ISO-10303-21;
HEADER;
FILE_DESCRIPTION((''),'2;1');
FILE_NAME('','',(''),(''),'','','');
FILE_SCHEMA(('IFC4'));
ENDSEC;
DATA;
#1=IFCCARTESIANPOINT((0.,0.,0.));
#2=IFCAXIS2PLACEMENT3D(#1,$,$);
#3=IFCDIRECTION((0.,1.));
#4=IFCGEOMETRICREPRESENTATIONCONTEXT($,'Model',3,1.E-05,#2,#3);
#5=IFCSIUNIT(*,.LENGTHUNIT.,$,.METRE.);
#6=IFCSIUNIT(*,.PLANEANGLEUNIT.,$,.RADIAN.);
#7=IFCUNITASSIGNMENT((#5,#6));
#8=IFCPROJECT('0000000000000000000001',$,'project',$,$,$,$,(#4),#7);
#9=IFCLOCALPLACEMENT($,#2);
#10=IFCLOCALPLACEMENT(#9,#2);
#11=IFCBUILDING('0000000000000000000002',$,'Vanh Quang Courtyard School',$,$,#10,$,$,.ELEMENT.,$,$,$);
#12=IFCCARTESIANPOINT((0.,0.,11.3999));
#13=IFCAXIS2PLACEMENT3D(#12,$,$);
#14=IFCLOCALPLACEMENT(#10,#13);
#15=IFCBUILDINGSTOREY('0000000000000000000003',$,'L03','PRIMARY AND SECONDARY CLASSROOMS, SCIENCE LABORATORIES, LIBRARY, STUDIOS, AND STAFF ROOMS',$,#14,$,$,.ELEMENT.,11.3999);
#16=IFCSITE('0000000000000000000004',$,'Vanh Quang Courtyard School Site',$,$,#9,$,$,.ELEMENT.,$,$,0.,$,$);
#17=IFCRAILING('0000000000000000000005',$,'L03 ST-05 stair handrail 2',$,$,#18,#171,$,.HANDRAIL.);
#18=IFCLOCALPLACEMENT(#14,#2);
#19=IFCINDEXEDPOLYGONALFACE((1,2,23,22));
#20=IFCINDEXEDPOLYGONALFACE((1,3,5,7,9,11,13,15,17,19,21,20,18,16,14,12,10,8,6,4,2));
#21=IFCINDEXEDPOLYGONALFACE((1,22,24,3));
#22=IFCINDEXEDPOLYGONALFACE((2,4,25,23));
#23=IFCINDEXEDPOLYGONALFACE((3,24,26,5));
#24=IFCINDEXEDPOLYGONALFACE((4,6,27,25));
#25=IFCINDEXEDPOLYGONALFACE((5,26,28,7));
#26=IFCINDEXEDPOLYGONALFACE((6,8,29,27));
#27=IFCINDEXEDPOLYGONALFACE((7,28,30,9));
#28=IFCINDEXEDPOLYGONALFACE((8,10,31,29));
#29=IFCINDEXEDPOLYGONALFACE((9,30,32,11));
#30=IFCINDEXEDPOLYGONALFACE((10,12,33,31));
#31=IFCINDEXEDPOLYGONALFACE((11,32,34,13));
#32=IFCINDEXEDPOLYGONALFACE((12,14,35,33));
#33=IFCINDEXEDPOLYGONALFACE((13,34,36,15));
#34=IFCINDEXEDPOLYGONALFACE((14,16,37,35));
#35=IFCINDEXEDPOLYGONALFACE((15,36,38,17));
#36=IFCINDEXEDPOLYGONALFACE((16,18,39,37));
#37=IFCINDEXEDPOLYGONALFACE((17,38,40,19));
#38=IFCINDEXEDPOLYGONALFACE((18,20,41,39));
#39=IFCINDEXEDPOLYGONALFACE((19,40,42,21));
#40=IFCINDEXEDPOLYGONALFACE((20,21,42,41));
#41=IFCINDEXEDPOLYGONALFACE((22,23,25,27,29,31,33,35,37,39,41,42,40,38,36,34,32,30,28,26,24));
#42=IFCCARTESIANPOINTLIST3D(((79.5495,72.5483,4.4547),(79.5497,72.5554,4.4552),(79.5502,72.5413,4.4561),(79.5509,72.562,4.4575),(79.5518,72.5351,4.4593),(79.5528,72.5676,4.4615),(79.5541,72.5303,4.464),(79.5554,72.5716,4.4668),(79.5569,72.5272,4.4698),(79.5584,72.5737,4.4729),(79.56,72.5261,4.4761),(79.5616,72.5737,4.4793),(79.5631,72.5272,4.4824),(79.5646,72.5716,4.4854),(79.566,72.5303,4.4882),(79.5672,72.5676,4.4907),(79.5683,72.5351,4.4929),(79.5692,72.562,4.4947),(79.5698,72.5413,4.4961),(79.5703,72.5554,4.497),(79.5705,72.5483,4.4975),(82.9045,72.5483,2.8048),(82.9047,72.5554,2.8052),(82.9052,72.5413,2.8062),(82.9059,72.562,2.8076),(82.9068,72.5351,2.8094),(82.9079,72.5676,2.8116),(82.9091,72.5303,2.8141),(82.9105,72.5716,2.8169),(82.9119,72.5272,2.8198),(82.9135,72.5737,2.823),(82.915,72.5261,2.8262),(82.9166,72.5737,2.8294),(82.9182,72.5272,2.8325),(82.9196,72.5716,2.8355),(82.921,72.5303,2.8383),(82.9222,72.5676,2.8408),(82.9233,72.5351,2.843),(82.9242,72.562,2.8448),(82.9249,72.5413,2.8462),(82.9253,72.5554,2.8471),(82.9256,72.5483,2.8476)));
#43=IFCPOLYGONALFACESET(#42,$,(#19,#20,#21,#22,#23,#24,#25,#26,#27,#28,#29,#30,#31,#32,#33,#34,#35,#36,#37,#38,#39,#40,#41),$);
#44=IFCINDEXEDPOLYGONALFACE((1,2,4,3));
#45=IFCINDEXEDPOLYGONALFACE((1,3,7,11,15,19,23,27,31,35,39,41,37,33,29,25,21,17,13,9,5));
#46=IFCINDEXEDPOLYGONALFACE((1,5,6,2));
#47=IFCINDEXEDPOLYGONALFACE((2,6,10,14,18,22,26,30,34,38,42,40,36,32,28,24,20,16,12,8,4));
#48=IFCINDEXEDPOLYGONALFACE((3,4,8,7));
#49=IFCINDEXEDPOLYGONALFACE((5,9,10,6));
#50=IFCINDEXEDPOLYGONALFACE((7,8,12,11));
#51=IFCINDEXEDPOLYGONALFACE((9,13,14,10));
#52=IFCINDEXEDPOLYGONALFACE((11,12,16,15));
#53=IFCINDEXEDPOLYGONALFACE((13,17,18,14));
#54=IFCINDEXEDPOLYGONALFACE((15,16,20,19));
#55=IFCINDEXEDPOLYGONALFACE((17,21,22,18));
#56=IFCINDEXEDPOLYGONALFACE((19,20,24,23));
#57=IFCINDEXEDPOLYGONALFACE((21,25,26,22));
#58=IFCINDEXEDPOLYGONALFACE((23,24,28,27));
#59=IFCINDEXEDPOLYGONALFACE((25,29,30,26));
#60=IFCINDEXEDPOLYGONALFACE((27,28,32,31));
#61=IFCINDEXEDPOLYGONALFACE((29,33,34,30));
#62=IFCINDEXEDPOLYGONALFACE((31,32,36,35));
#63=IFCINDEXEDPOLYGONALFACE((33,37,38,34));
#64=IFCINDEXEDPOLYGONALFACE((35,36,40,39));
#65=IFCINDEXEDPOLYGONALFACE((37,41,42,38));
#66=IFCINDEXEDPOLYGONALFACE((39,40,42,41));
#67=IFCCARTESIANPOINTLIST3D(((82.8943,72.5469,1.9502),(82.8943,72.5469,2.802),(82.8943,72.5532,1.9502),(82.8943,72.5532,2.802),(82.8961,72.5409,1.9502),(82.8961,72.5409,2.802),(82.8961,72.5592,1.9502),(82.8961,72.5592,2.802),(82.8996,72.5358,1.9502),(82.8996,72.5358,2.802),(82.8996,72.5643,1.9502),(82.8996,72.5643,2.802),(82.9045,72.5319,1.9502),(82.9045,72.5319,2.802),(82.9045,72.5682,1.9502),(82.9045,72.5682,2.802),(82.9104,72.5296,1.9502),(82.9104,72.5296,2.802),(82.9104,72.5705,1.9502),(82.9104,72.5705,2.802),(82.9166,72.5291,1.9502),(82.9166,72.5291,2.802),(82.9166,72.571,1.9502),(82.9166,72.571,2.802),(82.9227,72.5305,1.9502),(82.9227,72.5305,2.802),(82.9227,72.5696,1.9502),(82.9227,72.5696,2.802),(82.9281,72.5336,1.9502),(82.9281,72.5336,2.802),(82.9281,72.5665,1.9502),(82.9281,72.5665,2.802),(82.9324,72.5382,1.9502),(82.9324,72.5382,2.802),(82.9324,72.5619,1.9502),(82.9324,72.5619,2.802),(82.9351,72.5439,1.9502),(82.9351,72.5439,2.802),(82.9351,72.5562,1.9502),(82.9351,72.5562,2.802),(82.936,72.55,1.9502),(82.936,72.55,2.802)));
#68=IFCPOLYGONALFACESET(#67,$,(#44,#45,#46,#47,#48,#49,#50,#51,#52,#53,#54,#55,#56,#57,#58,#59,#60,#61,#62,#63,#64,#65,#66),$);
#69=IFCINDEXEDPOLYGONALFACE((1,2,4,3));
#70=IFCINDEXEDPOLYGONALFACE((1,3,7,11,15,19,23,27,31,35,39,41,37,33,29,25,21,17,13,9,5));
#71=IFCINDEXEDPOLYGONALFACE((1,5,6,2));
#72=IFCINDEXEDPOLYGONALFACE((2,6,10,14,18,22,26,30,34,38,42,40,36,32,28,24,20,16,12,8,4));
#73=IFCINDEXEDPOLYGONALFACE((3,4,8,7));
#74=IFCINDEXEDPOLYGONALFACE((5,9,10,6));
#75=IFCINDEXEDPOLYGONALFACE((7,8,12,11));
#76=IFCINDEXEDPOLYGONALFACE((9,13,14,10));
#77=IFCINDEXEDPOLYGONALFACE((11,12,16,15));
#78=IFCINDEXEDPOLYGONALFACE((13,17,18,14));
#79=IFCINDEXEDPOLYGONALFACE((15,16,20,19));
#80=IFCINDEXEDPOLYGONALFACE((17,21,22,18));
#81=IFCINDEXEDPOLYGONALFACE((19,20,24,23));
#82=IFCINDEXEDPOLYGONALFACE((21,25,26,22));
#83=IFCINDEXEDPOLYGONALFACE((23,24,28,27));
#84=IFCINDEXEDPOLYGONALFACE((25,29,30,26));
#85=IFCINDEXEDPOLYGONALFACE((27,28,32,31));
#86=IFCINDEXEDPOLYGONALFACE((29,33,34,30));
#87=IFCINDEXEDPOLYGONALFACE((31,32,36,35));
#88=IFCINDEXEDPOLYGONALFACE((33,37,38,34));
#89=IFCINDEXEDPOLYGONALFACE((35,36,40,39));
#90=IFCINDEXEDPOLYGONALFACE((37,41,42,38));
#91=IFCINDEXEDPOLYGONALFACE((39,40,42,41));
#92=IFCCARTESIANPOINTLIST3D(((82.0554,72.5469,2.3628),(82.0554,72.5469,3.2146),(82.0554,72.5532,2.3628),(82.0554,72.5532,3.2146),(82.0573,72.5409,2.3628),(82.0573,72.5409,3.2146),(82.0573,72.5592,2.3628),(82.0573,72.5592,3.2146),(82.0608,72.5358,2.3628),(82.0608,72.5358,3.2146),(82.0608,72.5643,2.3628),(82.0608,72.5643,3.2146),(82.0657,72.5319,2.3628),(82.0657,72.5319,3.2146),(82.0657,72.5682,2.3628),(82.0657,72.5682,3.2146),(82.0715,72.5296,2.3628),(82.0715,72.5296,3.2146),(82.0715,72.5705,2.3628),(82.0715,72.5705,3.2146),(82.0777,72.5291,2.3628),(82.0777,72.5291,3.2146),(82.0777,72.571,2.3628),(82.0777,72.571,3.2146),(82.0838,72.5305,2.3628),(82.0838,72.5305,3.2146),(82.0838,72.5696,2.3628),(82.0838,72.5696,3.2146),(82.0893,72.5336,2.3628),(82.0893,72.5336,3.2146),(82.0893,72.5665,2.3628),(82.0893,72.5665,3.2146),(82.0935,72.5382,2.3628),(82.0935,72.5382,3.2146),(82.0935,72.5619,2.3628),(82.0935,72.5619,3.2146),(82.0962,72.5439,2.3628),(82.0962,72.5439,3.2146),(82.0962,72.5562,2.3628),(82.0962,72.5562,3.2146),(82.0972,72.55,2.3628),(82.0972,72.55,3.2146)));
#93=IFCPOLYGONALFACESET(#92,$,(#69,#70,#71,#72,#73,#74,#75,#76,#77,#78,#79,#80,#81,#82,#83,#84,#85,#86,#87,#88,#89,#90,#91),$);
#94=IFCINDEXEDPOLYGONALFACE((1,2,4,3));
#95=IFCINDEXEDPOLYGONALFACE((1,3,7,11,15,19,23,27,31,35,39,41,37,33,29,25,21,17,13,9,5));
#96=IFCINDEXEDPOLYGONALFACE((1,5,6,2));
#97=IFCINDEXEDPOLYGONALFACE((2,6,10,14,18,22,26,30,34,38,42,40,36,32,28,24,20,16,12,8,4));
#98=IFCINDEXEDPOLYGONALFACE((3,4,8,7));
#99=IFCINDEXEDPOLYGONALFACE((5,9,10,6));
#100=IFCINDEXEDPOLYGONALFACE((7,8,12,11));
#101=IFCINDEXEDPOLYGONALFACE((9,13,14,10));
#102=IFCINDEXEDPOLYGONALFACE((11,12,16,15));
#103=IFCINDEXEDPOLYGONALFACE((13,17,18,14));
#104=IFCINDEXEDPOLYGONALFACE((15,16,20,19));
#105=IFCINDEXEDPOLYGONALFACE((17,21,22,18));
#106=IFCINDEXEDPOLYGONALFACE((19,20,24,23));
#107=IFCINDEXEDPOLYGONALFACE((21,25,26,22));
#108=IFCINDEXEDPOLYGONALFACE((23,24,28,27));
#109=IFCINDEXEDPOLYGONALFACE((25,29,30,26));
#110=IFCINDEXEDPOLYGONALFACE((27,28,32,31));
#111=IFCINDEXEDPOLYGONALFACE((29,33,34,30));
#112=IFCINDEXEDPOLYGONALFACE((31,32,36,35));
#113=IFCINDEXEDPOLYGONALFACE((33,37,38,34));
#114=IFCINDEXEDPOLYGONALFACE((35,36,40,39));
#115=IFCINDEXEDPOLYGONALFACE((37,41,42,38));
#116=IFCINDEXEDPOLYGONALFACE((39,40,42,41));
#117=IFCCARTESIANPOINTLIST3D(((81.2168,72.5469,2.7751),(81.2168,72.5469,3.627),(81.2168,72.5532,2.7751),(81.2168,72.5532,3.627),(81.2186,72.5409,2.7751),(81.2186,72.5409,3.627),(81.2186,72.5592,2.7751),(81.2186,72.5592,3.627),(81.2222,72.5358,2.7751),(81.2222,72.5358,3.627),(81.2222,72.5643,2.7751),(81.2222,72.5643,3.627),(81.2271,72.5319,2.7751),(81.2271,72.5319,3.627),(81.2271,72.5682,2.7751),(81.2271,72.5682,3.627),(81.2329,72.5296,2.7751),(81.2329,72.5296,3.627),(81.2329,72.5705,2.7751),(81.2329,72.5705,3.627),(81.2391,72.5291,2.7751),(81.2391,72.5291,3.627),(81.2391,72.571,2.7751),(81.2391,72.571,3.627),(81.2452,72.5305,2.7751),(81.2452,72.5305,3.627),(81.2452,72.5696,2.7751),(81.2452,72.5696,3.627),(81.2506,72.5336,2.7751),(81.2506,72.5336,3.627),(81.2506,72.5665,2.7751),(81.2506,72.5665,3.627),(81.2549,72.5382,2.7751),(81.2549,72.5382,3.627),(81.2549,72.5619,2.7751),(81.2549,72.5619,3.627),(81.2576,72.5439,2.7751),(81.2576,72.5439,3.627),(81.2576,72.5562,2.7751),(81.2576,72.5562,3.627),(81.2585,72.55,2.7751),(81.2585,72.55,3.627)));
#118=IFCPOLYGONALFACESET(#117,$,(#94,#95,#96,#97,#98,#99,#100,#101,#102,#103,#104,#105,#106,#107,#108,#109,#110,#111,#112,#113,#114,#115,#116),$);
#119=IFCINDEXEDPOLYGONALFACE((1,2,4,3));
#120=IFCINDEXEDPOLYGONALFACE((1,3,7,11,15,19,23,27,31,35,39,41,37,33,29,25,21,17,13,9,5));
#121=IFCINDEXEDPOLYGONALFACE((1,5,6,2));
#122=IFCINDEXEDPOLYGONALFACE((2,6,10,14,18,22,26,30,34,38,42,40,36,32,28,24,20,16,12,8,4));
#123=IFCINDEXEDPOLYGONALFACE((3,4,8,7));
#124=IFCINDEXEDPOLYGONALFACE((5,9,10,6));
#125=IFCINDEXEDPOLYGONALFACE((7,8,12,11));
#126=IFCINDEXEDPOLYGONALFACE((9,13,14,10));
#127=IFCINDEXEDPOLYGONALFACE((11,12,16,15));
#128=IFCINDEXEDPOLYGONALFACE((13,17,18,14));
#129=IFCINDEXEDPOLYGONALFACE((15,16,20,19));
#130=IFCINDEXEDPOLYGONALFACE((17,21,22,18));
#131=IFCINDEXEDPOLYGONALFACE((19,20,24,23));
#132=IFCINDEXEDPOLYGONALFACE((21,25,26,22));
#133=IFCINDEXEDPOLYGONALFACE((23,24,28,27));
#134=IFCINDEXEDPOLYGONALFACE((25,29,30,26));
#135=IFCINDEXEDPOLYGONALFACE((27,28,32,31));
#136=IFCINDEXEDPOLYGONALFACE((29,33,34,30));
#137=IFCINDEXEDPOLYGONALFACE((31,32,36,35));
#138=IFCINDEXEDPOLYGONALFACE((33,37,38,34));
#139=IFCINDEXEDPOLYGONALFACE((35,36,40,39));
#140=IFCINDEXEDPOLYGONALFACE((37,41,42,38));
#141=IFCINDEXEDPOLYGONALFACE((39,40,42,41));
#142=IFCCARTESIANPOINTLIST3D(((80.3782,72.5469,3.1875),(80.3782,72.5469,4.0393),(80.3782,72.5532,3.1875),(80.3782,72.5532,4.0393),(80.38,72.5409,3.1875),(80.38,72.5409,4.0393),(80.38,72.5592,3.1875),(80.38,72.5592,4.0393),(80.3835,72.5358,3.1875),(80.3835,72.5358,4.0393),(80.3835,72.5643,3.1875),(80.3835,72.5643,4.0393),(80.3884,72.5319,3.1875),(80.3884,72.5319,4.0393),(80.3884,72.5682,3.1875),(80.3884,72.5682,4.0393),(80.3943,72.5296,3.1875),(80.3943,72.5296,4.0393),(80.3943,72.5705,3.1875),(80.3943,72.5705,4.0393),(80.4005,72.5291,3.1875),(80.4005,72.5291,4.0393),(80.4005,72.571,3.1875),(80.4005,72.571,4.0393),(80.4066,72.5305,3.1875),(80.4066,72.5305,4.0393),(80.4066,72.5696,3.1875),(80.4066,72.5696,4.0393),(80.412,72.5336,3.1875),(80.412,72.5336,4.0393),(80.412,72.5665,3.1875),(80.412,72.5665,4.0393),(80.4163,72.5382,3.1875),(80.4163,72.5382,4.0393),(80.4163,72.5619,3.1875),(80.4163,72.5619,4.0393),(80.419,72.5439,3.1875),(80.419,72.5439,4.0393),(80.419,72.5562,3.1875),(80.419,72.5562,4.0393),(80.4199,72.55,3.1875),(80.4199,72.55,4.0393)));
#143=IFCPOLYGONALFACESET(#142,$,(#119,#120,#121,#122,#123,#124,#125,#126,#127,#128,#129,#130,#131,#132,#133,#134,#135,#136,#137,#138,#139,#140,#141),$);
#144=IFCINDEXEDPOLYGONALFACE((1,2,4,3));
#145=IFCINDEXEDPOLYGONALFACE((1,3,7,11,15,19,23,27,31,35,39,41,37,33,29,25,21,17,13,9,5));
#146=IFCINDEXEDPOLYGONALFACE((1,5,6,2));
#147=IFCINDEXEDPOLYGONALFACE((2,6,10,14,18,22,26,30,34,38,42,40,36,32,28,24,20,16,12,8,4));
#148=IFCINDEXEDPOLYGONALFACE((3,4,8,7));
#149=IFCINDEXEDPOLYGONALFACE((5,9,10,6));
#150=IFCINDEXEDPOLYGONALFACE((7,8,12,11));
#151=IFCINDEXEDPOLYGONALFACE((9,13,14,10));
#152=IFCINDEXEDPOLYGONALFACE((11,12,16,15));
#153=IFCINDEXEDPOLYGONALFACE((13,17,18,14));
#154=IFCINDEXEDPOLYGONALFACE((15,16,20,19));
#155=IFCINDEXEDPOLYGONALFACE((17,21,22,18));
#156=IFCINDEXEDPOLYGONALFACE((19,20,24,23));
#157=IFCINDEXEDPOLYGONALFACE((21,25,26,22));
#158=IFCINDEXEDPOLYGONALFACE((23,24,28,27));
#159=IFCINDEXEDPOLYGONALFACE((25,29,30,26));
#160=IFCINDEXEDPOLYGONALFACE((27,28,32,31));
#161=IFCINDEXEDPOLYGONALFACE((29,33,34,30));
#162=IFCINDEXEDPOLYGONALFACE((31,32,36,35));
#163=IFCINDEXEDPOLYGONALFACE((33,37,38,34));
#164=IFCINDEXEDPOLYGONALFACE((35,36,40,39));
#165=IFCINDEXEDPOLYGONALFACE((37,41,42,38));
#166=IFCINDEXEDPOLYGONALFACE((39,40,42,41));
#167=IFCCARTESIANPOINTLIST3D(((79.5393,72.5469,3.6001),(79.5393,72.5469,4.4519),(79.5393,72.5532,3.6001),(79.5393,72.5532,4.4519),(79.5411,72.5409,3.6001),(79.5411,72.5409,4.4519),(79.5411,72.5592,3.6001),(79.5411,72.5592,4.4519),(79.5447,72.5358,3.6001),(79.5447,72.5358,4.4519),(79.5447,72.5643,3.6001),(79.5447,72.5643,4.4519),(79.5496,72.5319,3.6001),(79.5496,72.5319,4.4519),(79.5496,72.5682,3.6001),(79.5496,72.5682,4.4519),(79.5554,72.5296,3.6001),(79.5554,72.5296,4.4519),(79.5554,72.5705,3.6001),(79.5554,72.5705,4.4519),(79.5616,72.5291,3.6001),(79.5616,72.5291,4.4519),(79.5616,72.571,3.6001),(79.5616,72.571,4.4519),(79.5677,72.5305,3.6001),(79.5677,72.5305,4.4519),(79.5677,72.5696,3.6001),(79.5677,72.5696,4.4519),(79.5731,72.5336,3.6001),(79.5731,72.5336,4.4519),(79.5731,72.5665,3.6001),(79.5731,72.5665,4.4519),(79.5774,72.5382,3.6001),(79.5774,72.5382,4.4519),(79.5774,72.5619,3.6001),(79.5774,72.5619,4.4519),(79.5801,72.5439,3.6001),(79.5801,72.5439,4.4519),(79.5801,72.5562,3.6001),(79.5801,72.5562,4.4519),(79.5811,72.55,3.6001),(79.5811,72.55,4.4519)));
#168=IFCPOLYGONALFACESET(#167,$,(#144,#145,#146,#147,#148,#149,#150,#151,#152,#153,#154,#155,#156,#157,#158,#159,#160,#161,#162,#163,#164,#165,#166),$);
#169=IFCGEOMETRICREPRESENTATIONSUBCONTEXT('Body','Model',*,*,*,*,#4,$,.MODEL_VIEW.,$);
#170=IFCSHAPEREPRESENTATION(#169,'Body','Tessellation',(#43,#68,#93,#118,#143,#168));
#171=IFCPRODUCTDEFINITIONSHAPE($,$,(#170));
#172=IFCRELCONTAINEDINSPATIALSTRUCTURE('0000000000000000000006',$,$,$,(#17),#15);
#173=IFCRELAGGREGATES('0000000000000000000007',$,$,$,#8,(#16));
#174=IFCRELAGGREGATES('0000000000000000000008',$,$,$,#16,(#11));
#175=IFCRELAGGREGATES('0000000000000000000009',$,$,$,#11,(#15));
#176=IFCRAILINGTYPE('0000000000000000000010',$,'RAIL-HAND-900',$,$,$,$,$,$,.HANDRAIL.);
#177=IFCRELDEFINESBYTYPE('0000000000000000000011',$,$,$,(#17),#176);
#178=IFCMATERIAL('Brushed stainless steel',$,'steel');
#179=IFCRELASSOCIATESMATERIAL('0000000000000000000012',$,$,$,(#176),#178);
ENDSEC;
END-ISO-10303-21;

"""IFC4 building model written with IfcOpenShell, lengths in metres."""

from ifc_helpers import new_model, si_unit, direction, frame, origin, origin_2d, place, context, subcontext, project, spatial, circle, extrude, material, type_object, element, save


model = new_model("IFC4")

# Units and contexts
model_context = context("Model", 3, precision=1e-05, world=origin(), true_north=direction((0.0, 1.0)))
body_context = subcontext(model_context, "Body", "Model", "MODEL_VIEW")
ifc_project = project(units=[si_unit("LENGTHUNIT", "METRE"), si_unit("PLANEANGLEUNIT", "RADIAN")], contexts=[model_context])

# Site, building, storey
site_placement = place(None, origin())
site = spatial("IfcSite", under=ifc_project, at=site_placement, Name="Vanh Quang Courtyard School Site", CompositionType="ELEMENT", RefElevation=0.0)
building_placement = place(site_placement, origin())
building = spatial("IfcBuilding", under=site, at=building_placement, Name="Vanh Quang Courtyard School", CompositionType="ELEMENT")
storey_placement = place(building_placement, frame((0.0, 0.0, 11.3999)))
storey = spatial("IfcBuildingStorey", under=building, at=storey_placement, Name="L03", Description="PRIMARY AND SECONDARY CLASSROOMS, SCIENCE LABORATORIES, LIBRARY, STUDIOS, AND STAFF ROOMS", CompositionType="ELEMENT", Elevation=11.3999)

# Railing
ifc_material_1 = material(Name="Brushed stainless steel", Category="steel")
railing_type_1 = type_object("IfcRailingType", Name="RAIL-HAND-900", PredefinedType="HANDRAIL", material=ifc_material_1)
for number, where, name in (
    (1, (82.915, 72.55, 1.9502), "L03 ST-05 stair handrail 2"),
):
    element("IfcRailing", number, at=place(storey_placement, frame(where)), inside=storey, type_object=railing_type_1, Name=name, PredefinedType="HANDRAIL", context=body_context, shape_type="SweptSolid", body=[
        extrude(circle(Radius=0.0239, at=origin_2d()), frame((0.0, 0.0, 0.876), z_axis=(-0.897359, 0.0, 0.441301), x_axis=(0.0, -1.0, 0.0)), (0.0, 0.0, 1.0), 3.7388),
        extrude(circle(Radius=0.021, at=origin_2d()), origin(), (0.0, 0.0, 1.0), 0.8518),
        extrude(circle(Radius=0.021, at=origin_2d()), frame((-0.8389, 0.0, 0.4126)), (0.0, 0.0, 1.0), 0.8518),
        extrude(circle(Radius=0.021, at=origin_2d()), frame((-1.6775, 0.0, 0.825)), (0.0, 0.0, 1.0), 0.8518),
        extrude(circle(Radius=0.021, at=origin_2d()), frame((-2.5161, 0.0, 1.2373)), (0.0, 0.0, 1.0), 0.8518),
        extrude(circle(Radius=0.021, at=origin_2d()), frame((-3.355, 0.0, 1.6499)), (0.0, 0.0, 1.0), 0.8518),
    ])

save(model, "model.ifc")
